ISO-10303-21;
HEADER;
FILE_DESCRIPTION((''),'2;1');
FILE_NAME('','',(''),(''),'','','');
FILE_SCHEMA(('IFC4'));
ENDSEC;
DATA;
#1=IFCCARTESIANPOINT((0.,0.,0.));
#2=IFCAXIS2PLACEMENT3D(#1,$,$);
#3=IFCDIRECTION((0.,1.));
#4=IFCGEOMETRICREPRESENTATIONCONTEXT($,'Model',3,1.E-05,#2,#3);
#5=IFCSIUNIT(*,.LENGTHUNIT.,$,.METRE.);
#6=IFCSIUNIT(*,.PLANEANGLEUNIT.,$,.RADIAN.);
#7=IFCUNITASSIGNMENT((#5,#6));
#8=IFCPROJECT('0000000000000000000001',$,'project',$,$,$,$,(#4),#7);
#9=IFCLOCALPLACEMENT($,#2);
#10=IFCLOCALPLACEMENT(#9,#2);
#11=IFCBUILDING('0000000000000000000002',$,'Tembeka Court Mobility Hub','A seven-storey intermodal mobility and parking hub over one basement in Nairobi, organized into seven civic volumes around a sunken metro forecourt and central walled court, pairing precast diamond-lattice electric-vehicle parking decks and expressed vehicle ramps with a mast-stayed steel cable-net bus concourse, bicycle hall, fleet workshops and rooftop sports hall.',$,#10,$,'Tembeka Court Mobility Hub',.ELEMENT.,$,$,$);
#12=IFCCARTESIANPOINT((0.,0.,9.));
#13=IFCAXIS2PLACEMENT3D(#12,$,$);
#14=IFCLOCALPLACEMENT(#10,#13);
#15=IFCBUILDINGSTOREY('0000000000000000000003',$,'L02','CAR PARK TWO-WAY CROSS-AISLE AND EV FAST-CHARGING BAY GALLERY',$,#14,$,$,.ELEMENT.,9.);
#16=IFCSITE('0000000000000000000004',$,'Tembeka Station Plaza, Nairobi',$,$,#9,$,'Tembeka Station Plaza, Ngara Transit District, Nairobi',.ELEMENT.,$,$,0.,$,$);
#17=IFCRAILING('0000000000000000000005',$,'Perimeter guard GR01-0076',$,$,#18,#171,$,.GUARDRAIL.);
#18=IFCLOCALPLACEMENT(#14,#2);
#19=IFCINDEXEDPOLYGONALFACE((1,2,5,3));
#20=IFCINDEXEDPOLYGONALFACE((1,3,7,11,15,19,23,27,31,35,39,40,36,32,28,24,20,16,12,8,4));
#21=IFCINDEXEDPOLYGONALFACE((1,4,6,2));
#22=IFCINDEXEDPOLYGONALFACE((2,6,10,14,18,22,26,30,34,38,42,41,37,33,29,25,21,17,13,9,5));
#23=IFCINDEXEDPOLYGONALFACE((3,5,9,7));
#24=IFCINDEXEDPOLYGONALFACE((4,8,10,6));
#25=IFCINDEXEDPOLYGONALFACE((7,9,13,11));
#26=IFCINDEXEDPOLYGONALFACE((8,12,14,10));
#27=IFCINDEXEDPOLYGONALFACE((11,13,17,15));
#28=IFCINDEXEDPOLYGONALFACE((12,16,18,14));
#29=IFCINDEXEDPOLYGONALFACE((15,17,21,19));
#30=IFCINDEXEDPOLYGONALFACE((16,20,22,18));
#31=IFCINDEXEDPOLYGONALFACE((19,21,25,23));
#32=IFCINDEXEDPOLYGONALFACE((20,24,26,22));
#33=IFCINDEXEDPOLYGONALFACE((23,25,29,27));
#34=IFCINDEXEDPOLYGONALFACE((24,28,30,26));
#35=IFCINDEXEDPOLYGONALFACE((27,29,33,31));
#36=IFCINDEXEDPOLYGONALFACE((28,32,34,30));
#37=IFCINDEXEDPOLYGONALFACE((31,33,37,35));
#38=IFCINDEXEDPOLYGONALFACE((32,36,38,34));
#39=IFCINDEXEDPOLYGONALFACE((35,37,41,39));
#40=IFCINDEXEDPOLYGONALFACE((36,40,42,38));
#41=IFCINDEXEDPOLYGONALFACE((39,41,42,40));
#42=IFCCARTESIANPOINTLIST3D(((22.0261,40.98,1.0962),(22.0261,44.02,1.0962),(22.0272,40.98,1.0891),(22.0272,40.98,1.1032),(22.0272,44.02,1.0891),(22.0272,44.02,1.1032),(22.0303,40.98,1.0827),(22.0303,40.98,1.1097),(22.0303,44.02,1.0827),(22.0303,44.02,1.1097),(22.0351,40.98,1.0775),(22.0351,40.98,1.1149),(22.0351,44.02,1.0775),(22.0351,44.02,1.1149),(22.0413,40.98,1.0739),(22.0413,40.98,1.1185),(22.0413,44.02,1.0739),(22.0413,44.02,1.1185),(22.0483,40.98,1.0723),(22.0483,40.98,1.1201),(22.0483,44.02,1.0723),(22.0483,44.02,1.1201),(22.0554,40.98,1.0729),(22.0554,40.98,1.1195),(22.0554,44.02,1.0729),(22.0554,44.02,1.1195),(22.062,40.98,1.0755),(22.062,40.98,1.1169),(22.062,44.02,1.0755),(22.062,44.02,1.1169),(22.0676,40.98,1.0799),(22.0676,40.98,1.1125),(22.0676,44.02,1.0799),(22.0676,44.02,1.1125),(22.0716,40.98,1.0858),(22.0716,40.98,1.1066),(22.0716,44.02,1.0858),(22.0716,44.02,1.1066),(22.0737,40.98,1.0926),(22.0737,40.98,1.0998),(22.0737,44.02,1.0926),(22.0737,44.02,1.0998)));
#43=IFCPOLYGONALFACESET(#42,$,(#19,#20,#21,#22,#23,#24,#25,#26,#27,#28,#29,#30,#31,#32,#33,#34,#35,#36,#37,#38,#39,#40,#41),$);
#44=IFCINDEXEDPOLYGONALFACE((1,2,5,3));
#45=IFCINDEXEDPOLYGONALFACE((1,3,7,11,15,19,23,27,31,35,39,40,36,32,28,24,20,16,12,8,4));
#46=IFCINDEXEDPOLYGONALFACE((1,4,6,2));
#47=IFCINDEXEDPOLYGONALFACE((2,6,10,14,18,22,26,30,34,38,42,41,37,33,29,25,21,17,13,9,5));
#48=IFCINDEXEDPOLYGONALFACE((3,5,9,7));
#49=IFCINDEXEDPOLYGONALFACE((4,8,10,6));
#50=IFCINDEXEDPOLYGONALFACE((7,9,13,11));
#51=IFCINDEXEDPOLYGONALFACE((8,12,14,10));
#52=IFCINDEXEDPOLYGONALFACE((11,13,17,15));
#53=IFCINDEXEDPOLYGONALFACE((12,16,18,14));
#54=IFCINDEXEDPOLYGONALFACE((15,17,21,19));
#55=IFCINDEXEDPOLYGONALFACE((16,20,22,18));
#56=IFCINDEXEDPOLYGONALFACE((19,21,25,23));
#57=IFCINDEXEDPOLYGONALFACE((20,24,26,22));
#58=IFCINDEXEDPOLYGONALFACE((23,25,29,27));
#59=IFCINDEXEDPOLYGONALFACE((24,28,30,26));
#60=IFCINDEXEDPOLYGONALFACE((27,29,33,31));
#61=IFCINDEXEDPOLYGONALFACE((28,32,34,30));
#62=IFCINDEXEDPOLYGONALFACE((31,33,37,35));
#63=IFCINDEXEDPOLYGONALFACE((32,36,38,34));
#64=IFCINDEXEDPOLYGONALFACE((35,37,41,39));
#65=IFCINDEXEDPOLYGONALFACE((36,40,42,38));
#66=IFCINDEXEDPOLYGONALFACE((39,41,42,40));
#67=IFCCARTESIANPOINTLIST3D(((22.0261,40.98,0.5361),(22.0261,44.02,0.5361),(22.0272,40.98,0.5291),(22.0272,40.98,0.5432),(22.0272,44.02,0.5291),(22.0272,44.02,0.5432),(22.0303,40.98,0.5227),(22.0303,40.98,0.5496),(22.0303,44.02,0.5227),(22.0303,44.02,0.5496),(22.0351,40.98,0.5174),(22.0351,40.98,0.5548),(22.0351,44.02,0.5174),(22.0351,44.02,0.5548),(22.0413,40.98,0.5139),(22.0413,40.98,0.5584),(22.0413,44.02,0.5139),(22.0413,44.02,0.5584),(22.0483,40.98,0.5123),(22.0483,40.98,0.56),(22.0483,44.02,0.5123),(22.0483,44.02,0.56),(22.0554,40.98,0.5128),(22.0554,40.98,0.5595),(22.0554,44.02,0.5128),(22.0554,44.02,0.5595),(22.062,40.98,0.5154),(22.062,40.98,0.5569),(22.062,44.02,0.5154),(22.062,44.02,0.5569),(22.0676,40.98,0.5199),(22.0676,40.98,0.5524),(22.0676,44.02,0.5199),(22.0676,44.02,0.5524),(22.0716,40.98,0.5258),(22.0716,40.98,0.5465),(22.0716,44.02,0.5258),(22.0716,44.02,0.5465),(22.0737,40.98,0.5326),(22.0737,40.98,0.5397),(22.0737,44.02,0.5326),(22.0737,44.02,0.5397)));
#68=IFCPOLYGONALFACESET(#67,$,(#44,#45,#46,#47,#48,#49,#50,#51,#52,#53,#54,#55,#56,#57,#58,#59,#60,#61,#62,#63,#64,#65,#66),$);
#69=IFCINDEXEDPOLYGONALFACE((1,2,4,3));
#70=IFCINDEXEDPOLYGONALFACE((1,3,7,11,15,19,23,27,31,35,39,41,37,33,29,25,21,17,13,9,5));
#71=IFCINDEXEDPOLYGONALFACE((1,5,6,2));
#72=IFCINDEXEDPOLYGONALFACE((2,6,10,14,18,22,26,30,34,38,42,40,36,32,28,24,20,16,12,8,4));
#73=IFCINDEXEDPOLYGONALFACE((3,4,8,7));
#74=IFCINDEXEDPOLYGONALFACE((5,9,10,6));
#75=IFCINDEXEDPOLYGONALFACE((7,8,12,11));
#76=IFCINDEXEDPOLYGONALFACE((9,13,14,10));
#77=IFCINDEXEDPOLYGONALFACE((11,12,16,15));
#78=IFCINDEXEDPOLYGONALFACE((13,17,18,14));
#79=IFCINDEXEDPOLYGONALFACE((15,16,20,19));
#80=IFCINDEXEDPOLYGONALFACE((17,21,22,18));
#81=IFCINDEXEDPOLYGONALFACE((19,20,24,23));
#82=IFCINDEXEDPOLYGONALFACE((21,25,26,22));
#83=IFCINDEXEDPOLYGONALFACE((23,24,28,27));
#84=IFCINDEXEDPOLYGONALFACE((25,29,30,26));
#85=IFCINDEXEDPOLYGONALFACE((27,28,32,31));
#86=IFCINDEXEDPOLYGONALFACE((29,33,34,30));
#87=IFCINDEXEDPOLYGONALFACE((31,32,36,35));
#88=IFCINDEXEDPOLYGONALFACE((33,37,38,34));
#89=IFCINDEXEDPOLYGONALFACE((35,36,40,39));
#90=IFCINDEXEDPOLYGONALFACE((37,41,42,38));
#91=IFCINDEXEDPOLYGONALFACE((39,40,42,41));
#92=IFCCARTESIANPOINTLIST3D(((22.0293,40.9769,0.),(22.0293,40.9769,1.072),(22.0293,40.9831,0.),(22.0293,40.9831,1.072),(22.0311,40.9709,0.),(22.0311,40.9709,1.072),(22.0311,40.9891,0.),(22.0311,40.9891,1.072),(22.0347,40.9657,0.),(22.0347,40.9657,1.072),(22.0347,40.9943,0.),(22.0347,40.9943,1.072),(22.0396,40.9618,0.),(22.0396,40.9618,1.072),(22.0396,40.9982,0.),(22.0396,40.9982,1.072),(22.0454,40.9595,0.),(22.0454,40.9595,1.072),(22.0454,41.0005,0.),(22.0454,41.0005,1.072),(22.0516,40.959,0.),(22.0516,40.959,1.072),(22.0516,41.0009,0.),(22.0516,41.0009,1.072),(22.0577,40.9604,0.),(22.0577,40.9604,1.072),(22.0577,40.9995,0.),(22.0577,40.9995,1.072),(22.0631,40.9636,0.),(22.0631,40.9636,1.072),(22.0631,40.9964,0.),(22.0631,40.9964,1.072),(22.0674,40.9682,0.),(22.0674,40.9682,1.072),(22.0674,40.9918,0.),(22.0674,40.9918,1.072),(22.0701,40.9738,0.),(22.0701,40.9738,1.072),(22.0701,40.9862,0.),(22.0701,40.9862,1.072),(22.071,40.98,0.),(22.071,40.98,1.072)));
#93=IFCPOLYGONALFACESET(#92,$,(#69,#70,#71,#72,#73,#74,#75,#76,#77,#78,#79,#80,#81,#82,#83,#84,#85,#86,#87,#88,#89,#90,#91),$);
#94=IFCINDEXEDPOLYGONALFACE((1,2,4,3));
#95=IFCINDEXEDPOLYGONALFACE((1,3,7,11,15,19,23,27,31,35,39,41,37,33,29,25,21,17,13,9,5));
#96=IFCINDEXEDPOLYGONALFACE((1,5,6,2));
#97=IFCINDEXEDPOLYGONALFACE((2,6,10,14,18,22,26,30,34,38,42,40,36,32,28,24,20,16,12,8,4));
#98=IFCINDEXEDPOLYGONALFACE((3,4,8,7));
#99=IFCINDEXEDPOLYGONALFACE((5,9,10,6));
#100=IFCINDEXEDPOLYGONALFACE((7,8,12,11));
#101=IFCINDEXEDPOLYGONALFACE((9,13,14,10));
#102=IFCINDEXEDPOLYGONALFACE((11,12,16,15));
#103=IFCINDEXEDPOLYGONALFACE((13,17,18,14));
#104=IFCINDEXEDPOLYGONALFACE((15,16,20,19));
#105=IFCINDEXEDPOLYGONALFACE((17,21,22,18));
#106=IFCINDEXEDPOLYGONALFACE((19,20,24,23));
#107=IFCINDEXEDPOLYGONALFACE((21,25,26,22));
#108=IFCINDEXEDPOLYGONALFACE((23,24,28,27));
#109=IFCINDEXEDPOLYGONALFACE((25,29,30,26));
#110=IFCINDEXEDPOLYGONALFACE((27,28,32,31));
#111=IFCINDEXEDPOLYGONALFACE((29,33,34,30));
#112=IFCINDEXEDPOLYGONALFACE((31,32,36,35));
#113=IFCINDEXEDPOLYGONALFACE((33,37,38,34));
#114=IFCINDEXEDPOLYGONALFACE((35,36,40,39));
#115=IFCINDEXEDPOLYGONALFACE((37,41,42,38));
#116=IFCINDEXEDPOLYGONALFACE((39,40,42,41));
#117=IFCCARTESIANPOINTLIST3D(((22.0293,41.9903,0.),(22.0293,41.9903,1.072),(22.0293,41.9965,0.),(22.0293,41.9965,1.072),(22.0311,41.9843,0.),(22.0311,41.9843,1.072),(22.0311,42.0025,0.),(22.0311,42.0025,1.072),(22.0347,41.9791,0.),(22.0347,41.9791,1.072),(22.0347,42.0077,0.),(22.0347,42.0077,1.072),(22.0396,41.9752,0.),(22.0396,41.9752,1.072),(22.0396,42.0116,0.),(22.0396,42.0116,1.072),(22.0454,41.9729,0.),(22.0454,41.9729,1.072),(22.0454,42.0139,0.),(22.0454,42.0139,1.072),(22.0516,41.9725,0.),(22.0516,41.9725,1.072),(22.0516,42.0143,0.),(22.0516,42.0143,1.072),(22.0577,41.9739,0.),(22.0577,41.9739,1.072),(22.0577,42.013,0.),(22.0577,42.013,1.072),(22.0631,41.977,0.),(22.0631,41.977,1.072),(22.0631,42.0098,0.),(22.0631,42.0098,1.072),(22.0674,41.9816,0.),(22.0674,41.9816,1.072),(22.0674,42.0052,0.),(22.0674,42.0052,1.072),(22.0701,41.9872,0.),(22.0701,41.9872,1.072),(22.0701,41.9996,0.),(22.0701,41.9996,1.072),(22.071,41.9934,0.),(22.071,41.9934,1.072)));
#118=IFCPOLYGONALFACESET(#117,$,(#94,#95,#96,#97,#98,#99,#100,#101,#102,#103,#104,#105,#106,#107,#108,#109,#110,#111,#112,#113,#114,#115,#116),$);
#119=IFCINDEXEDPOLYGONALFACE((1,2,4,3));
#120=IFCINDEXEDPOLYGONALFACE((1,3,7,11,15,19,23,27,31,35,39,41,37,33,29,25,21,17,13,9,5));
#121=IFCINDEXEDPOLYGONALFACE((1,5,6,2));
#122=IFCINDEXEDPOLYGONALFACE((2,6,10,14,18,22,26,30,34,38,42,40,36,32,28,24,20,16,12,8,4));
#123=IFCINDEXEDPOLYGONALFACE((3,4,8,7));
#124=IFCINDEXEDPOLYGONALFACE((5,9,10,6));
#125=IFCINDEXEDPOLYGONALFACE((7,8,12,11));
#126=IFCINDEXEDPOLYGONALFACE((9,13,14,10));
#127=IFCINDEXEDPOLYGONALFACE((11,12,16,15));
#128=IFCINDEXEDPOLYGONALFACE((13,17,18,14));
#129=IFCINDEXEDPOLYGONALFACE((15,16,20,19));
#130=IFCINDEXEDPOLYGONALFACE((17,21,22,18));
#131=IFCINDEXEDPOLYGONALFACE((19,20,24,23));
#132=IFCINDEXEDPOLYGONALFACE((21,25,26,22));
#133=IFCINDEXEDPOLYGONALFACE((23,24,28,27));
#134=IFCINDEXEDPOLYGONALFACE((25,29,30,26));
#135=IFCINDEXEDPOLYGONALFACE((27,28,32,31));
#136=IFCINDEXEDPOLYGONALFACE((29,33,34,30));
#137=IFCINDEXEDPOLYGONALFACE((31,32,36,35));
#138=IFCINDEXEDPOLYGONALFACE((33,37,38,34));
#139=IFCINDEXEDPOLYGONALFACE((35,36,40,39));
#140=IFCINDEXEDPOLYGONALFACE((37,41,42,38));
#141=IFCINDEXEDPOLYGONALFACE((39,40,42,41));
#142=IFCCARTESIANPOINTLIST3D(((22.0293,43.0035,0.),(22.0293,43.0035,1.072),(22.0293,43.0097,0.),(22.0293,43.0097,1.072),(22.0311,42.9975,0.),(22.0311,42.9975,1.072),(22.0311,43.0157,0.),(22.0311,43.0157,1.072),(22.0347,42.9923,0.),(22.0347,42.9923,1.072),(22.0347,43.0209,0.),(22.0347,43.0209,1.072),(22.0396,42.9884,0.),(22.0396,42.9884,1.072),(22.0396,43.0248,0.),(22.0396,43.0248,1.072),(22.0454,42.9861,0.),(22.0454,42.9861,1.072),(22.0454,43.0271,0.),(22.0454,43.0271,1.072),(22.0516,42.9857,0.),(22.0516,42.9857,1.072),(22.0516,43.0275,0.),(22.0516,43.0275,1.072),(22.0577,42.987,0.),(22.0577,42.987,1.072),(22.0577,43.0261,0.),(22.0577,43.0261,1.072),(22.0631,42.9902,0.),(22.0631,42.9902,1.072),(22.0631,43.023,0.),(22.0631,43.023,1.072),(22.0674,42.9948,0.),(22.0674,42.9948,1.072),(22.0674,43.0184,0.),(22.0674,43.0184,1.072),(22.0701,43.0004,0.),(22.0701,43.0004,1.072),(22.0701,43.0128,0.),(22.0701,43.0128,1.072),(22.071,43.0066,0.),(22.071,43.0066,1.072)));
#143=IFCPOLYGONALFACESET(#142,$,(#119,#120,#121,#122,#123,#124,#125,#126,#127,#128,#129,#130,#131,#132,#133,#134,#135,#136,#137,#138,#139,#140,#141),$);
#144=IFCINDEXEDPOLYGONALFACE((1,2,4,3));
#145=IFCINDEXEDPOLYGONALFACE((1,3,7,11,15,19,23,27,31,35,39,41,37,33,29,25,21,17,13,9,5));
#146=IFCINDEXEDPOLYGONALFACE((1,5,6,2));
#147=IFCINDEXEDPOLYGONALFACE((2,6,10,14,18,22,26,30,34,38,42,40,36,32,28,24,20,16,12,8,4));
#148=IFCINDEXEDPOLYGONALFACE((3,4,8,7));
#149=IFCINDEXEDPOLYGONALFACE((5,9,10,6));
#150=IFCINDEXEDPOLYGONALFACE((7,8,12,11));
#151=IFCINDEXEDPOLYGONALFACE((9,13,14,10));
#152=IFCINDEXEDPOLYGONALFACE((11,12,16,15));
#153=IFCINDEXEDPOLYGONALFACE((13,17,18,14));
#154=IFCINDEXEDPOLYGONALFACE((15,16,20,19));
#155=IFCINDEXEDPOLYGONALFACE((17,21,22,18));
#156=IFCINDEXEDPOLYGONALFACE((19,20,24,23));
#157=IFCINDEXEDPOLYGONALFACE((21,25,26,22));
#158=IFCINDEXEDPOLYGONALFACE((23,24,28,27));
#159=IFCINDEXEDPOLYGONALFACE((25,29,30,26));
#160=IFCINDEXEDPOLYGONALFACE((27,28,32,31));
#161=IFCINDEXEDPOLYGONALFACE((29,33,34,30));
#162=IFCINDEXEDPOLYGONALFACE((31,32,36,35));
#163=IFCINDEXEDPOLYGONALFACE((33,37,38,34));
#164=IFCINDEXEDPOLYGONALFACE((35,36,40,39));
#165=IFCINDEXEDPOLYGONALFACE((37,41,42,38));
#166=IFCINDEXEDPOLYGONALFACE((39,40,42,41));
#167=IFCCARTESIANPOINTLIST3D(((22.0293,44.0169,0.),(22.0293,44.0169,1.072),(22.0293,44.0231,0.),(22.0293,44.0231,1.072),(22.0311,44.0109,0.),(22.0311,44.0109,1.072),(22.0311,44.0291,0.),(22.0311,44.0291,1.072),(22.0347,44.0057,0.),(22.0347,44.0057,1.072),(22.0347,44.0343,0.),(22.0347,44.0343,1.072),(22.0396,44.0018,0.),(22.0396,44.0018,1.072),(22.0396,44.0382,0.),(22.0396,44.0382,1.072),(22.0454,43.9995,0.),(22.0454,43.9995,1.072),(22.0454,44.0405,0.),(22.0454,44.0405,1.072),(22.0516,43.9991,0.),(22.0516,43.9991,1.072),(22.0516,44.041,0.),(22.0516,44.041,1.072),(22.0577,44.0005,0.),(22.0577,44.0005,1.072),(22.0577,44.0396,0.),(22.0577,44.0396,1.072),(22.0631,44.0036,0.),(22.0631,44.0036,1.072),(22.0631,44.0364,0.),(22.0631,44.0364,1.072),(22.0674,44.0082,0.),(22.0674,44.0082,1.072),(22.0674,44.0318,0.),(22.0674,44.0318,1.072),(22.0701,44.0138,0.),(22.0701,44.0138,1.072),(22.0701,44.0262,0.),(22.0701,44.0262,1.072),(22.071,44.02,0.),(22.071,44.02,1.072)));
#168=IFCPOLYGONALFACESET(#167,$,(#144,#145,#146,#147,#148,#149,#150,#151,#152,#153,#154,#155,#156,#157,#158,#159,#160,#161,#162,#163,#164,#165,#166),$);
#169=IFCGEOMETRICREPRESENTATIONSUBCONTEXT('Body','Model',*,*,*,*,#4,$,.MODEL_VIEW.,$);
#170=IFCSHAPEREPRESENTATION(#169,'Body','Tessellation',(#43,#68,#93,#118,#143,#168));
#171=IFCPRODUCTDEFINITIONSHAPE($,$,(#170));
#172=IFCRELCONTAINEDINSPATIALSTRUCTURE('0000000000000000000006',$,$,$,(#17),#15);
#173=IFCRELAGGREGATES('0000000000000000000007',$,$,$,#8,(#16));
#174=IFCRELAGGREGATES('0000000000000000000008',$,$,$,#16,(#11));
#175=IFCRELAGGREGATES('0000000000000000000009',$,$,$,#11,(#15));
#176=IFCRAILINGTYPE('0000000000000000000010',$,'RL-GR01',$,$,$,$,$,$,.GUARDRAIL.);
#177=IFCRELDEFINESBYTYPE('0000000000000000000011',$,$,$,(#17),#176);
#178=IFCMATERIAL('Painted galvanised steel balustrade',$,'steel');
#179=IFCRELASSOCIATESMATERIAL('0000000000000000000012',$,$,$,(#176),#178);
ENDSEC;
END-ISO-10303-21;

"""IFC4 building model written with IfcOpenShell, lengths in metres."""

from ifc_helpers import new_model, si_unit, direction, frame, origin, origin_2d, place, context, subcontext, project, spatial, circle, extrude, material, type_object, element, save


model = new_model("IFC4")

# Units and contexts
model_context = context("Model", 3, precision=1e-05, world=origin(), true_north=direction((0.0, 1.0)))
body_context = subcontext(model_context, "Body", "Model", "MODEL_VIEW")
ifc_project = project(units=[si_unit("LENGTHUNIT", "METRE"), si_unit("PLANEANGLEUNIT", "RADIAN")], contexts=[model_context])

# Site, building, storey
site_placement = place(None, origin())
site = spatial("IfcSite", under=ifc_project, at=site_placement, Name="Tembeka Station Plaza, Nairobi", LongName="Tembeka Station Plaza, Ngara Transit District, Nairobi", CompositionType="ELEMENT", RefElevation=0.0)
building_placement = place(site_placement, origin())
building = spatial("IfcBuilding", under=site, at=building_placement, Name="Tembeka Court Mobility Hub", Description="A seven-storey intermodal mobility and parking hub over one basement in Nairobi, organized into seven civic volumes around a sunken metro forecourt and central walled court, pairing precast diamond-lattice electric-vehicle parking decks and expressed vehicle ramps with a mast-stayed steel cable-net bus concourse, bicycle hall, fleet workshops and rooftop sports hall.", LongName="Tembeka Court Mobility Hub", CompositionType="ELEMENT")
storey_placement = place(building_placement, frame((0.0, 0.0, 9.0)))
storey = spatial("IfcBuildingStorey", under=building, at=storey_placement, Name="L02", Description="CAR PARK TWO-WAY CROSS-AISLE AND EV FAST-CHARGING BAY GALLERY", CompositionType="ELEMENT", Elevation=9.0)

# Railing
ifc_material_1 = material(Name="Painted galvanised steel balustrade", Category="steel")
railing_type = type_object("IfcRailingType", Name="RL-GR01", PredefinedType="GUARDRAIL", material=ifc_material_1)
railing_1_placement = place(storey_placement, frame((22.05, 40.98, 0.0)))
element("IfcRailing", 1, at=railing_1_placement, inside=storey, type_object=railing_type, Name="Perimeter guard GR01-0076", PredefinedType="GUARDRAIL", context=body_context, shape_type="SweptSolid", body=[
    extrude(circle(Radius=0.0239, at=origin_2d()), frame((0.0, 0.0, 1.0962), z_axis=(0.0, 1.0, 0.0), x_axis=(-1.0, 0.0, 0.0)), (0.0, 0.0, 1.0), 3.04),
    extrude(circle(Radius=0.0239, at=origin_2d()), frame((0.0, 0.0, 0.5361), z_axis=(0.0, 1.0, 0.0), x_axis=(-1.0, 0.0, 0.0)), (0.0, 0.0, 1.0), 3.04),
    extrude(circle(Radius=0.021, at=origin_2d()), origin(), (0.0, 0.0, 1.0), 1.072),
    extrude(circle(Radius=0.021, at=origin_2d()), frame((0.0, 1.0134, 0.0)), (0.0, 0.0, 1.0), 1.072),
    extrude(circle(Radius=0.021, at=origin_2d()), frame((0.0, 2.0266, 0.0)), (0.0, 0.0, 1.0), 1.072),
    extrude(circle(Radius=0.021, at=origin_2d()), frame((0.0, 3.04, 0.0)), (0.0, 0.0, 1.0), 1.072),
])

save(model, "model.ifc")
